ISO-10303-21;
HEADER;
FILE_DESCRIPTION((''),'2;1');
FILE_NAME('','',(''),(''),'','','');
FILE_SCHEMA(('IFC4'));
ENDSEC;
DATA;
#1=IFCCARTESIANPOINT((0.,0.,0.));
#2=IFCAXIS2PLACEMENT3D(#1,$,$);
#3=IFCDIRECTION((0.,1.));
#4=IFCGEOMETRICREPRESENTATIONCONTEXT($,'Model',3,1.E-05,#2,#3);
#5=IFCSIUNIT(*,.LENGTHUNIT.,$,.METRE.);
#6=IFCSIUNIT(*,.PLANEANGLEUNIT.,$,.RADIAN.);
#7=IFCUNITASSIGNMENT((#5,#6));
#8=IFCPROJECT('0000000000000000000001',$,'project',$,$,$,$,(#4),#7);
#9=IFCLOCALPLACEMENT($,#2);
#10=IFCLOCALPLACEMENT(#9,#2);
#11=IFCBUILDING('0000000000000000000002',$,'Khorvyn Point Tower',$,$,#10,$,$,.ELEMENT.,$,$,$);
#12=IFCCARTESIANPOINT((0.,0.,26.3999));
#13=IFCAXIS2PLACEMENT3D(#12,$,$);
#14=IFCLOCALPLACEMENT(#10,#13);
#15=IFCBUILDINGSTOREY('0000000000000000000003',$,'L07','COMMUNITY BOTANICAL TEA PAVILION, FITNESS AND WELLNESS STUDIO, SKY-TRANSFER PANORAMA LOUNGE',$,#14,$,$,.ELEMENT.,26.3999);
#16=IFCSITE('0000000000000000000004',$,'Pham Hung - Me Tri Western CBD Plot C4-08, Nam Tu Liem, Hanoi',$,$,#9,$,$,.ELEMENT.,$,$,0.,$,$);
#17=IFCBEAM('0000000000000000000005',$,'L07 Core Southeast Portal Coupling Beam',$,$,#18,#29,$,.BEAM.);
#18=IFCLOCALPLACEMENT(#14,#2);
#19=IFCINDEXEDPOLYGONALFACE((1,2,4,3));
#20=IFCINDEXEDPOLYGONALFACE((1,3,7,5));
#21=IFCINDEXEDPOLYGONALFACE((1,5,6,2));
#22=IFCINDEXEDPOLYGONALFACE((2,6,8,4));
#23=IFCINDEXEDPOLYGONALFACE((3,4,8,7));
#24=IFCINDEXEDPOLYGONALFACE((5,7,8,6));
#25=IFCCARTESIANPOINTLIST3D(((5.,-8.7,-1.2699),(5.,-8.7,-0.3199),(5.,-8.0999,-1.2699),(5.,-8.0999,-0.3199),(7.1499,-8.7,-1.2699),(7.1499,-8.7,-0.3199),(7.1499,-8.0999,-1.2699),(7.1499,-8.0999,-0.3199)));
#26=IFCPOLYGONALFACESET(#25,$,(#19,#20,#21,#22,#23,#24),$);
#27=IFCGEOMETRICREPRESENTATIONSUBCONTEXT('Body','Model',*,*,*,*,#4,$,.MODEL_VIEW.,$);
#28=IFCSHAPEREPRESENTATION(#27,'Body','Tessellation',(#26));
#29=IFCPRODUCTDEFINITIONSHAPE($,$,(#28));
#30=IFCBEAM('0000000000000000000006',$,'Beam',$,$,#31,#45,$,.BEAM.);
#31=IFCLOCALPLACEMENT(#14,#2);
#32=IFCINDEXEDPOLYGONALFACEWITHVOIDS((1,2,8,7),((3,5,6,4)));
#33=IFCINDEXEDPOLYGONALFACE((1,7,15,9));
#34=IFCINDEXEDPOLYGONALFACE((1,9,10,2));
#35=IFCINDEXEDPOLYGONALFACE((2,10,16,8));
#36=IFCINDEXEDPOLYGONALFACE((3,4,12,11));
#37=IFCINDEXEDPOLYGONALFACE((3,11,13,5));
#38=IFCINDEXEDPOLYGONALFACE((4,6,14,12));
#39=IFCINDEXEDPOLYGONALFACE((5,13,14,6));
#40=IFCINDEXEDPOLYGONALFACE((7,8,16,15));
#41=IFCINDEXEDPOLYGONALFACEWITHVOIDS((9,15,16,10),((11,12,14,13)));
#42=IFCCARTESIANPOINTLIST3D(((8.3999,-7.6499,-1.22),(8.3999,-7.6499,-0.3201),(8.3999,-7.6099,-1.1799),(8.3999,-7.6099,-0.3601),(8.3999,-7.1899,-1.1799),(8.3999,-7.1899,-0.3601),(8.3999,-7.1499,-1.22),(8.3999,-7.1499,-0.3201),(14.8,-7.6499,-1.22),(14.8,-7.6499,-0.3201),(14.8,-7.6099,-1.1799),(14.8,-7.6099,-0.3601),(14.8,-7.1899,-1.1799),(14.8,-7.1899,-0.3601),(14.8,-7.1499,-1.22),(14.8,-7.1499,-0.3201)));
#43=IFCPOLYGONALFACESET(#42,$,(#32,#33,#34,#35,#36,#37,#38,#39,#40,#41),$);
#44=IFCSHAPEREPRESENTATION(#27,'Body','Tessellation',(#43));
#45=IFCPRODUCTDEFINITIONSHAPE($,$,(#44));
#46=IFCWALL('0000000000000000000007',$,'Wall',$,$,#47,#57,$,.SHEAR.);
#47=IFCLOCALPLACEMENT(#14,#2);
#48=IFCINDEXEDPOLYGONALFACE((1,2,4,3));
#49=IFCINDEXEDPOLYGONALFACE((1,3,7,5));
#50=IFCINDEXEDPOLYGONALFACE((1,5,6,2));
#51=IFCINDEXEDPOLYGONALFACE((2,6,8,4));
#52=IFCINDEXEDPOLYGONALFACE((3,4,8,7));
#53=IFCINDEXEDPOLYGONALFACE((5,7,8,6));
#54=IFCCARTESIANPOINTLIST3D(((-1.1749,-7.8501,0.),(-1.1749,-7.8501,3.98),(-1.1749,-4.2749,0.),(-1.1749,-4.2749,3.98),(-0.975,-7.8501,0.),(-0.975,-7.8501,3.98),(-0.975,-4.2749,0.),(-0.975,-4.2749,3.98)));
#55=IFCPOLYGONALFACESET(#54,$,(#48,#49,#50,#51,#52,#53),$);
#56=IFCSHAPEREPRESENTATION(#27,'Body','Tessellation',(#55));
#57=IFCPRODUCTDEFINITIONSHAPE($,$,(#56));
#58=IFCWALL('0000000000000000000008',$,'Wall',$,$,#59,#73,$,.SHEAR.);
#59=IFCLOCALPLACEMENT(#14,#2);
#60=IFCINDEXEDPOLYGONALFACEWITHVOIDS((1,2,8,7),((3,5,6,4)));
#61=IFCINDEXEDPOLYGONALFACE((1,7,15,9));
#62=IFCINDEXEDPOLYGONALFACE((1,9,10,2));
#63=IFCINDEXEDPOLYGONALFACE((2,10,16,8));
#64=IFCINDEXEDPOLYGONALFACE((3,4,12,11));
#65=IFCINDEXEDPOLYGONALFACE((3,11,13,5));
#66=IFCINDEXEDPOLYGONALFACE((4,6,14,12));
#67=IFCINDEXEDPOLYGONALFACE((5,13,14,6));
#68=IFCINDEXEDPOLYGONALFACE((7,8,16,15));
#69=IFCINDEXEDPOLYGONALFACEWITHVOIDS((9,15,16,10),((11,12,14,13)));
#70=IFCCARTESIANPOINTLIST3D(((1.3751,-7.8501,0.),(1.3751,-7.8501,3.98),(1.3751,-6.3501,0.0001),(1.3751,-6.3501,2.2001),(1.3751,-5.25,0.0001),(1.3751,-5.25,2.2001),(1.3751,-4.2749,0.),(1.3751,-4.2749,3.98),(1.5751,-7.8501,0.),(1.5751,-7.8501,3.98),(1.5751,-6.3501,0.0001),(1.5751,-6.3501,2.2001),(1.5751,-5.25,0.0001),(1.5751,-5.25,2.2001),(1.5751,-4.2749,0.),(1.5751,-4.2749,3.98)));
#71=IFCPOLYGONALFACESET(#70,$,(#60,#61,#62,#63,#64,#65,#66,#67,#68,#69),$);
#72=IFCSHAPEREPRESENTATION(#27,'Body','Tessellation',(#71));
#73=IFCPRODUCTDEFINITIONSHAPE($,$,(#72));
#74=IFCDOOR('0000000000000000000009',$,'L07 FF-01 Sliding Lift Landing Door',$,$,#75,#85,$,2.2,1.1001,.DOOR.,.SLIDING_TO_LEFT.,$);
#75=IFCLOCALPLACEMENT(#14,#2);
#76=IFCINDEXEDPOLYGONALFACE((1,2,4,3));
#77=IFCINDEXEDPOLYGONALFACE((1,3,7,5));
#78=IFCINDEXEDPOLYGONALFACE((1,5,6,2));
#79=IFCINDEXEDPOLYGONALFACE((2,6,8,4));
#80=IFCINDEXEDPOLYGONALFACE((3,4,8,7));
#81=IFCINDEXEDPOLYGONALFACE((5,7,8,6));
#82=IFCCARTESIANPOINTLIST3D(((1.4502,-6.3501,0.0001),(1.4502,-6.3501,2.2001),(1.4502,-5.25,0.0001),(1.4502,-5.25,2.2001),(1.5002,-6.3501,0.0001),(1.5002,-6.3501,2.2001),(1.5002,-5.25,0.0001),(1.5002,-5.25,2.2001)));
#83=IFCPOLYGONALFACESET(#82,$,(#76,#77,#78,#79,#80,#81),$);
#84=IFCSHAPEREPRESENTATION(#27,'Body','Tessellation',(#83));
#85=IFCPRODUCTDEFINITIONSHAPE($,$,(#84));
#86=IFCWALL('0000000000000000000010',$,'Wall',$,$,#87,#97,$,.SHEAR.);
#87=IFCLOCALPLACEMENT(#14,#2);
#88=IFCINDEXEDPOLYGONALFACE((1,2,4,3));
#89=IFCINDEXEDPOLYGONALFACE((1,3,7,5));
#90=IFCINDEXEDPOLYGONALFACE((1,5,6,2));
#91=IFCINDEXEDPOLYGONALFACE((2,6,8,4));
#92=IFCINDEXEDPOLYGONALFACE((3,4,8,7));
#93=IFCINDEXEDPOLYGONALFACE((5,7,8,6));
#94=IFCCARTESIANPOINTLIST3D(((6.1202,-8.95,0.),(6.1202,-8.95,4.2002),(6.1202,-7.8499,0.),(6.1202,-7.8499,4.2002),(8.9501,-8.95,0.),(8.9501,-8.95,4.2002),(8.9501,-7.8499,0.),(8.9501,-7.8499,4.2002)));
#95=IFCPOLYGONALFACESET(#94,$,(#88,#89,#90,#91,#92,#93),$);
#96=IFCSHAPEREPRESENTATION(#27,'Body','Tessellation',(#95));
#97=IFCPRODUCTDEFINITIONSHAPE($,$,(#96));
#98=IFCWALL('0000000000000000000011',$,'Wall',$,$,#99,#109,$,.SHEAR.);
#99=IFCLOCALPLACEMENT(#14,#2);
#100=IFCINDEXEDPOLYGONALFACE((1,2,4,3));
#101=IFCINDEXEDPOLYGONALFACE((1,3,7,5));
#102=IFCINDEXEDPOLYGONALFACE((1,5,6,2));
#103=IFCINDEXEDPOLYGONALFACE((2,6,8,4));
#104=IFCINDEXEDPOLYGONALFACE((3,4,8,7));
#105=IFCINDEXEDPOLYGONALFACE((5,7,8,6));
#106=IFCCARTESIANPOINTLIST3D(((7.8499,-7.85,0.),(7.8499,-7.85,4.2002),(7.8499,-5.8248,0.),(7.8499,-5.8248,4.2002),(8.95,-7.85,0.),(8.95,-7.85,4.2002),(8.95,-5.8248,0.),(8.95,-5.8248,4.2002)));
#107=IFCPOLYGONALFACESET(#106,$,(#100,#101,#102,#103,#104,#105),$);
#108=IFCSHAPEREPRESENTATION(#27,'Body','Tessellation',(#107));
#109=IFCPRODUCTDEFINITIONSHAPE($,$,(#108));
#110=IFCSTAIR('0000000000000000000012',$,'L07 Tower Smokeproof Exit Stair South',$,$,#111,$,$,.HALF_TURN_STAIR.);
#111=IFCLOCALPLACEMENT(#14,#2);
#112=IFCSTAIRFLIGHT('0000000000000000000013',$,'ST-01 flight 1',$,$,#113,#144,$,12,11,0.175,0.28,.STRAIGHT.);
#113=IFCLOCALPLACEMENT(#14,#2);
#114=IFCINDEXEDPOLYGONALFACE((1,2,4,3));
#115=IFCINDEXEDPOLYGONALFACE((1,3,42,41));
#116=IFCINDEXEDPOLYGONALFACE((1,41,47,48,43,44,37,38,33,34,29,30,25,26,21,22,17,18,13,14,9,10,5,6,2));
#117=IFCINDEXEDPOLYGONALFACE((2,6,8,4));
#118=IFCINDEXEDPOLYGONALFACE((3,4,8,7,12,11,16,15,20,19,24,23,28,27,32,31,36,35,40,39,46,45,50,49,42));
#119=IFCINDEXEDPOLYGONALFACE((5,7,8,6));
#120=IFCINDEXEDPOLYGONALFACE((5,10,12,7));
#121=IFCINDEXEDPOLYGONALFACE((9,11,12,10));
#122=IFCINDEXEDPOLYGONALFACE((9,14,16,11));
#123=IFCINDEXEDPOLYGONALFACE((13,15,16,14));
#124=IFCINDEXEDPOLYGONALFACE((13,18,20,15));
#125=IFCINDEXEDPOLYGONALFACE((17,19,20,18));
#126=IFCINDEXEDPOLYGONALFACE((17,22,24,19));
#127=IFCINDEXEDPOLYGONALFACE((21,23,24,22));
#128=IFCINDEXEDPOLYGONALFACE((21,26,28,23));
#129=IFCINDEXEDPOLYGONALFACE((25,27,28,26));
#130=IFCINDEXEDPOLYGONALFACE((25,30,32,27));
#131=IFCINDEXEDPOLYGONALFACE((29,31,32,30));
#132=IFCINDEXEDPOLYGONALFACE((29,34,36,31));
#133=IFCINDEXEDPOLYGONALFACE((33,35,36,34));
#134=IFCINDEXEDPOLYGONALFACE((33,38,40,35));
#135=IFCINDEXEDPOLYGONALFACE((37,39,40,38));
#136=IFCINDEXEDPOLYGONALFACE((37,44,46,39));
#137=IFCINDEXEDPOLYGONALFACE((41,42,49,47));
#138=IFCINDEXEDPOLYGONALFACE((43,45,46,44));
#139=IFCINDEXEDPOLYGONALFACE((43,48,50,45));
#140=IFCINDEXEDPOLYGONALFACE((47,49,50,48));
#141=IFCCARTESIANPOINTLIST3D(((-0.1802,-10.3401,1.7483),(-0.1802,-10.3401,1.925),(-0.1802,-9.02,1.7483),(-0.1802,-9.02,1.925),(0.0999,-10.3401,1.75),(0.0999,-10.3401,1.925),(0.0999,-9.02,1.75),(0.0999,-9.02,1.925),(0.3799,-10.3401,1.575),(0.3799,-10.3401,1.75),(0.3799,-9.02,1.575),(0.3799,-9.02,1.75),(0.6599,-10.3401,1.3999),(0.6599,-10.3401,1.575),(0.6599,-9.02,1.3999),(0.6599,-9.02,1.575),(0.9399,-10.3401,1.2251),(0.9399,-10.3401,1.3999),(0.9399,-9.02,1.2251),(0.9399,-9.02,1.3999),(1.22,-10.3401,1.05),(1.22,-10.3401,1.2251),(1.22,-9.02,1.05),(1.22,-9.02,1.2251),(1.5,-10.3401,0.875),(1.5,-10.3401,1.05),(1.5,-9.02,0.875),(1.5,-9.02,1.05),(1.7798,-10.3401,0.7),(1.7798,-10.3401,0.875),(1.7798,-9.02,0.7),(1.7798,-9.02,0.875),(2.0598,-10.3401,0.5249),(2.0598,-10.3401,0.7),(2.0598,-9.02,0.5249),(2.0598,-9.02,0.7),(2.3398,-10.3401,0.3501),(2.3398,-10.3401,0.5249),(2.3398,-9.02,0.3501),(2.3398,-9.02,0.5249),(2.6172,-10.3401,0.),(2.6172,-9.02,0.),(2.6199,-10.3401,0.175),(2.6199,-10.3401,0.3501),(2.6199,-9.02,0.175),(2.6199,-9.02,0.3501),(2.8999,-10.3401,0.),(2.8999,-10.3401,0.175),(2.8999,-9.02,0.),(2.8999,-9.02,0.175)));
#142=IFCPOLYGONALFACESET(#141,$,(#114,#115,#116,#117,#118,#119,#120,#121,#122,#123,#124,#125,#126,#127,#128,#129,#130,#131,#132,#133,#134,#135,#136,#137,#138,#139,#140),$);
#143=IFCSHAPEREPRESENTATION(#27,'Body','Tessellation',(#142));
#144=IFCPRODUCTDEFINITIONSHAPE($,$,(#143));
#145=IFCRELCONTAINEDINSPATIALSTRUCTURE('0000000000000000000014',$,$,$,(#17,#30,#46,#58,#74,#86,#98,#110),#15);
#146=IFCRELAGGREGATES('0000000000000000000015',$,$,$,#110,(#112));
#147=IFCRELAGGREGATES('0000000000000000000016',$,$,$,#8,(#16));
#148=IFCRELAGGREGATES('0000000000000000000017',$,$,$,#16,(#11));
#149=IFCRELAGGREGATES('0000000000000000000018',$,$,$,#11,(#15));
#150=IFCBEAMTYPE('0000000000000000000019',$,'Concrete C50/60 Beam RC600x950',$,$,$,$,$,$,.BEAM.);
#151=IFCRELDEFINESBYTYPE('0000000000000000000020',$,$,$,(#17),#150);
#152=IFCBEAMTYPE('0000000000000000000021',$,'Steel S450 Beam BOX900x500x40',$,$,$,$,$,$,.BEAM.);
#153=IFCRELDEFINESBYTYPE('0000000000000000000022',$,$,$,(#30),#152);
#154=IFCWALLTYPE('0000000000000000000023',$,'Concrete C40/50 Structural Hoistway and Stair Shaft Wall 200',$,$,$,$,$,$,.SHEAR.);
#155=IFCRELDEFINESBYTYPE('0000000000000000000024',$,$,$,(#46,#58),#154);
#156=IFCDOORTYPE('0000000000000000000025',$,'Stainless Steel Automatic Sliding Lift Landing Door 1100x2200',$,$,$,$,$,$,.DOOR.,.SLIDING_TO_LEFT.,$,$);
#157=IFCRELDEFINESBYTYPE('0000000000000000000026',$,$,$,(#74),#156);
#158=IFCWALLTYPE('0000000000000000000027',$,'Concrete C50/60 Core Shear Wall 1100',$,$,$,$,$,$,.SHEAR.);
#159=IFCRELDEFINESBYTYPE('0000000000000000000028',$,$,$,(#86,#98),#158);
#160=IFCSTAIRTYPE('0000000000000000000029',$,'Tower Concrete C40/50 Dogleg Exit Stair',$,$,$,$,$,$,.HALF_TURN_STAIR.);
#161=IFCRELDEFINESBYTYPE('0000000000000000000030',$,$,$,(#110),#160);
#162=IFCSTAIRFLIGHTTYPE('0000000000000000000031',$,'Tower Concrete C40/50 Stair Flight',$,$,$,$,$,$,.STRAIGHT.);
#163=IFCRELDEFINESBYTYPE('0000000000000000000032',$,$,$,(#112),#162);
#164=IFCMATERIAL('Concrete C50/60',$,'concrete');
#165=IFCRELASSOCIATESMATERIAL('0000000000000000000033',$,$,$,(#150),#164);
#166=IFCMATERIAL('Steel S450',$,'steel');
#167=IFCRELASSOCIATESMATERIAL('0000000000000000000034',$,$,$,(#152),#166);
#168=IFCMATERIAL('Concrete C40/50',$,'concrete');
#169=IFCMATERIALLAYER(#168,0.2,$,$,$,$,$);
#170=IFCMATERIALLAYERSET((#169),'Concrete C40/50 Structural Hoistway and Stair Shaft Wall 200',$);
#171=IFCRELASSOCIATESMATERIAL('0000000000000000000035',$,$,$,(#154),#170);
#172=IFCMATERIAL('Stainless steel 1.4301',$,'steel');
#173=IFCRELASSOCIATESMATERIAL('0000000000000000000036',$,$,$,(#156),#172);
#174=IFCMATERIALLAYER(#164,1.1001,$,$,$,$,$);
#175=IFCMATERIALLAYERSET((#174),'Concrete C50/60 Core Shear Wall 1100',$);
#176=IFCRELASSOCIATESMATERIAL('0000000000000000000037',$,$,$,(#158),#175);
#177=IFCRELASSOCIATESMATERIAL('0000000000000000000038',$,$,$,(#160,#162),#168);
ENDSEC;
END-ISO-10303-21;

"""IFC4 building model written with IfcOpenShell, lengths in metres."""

from ifc_helpers import new_model, si_unit, direction, frame, frame_2d, origin, origin_2d, place, context, subcontext, project, spatial, polyline, rectangle, hollow_rectangle, outline, extrude, material, layer, layer_set, material_profile, profile_set, type_object, element, fill, aggregate, save


model = new_model("IFC4")

# Units and contexts
model_context = context("Model", 3, precision=1e-05, world=origin(), true_north=direction((0.0, 1.0)))
body_context = subcontext(model_context, "Body", "Model", "MODEL_VIEW")
ifc_project = project(units=[si_unit("LENGTHUNIT", "METRE"), si_unit("PLANEANGLEUNIT", "RADIAN")], contexts=[model_context])

# Site, building, storey
site_placement = place(None, origin())
site = spatial("IfcSite", under=ifc_project, at=site_placement, Name="Pham Hung - Me Tri Western CBD Plot C4-08, Nam Tu Liem, Hanoi", CompositionType="ELEMENT", RefElevation=0.0)
building_placement = place(site_placement, origin())
building = spatial("IfcBuilding", under=site, at=building_placement, Name="Khorvyn Point Tower", CompositionType="ELEMENT")
storey_placement = place(building_placement, frame((0.0, 0.0, 26.3999)))
storey = spatial("IfcBuildingStorey", under=building, at=storey_placement, Name="L07", Description="COMMUNITY BOTANICAL TEA PAVILION, FITNESS AND WELLNESS STUDIO, SKY-TRANSFER PANORAMA LOUNGE", CompositionType="ELEMENT", Elevation=26.3999)

# Beams
ifc_material_1 = material(Name="Concrete C50/60", Category="concrete")
ifc_material_profile_1 = material_profile(ifc_material_1, rectangle(XDim=0.6001, YDim=0.95, at=origin_2d()))
ifc_profile_set_1 = profile_set([ifc_material_profile_1], Name="Concrete C50/60 RC600x950")
beam_type_1 = type_object("IfcBeamType", Name="Concrete C50/60 Beam RC600x950", PredefinedType="BEAM", material=ifc_profile_set_1)
beam_1_placement = place(storey_placement, frame((5.0, -8.3999, -0.7949), z_axis=(1.0, 0.0, 0.0), x_axis=(0.0, 1.0, 0.0)))
element("IfcBeam", 1, at=beam_1_placement, inside=storey, type_object=beam_type_1, Name="L07 Core Southeast Portal Coupling Beam", PredefinedType="BEAM", context=body_context, shape_type="SweptSolid", body=[
    extrude(rectangle(XDim=0.6001, YDim=0.95, at=origin_2d()), origin(), (0.0, 0.0, 1.0), 2.1499),
])
ifc_material_2 = material(Name="Steel S450", Category="steel")
ifc_material_profile_2 = material_profile(ifc_material_2, hollow_rectangle(XDim=0.5, YDim=0.8999, WallThickness=0.04, at=origin_2d()))
ifc_profile_set_2 = profile_set([ifc_material_profile_2], Name="Steel S450 BOX900x500x40")
beam_type_2 = type_object("IfcBeamType", Name="Steel S450 Beam BOX900x500x40", PredefinedType="BEAM", material=ifc_profile_set_2)
beam_2_placement = place(storey_placement, frame((8.3999, -7.3999, -0.77), z_axis=(1.0, 0.0, 0.0), x_axis=(0.0, 1.0, 0.0)))
element("IfcBeam", 2, at=beam_2_placement, inside=storey, type_object=beam_type_2, Name="Beam", PredefinedType="BEAM", context=body_context, shape_type="SweptSolid", body=[
    extrude(hollow_rectangle(XDim=0.5, YDim=0.8999, WallThickness=0.04, at=origin_2d()), origin(), (0.0, 0.0, 1.0), 6.4001),
])

# Shared definitions
ifc_material_3 = material(Name="Concrete C40/50", Category="concrete")

# Wall
ifc_layer_1 = layer(ifc_material_3, 0.2)
ifc_layer_set_1 = layer_set([ifc_layer_1], Name="Concrete C40/50 Structural Hoistway and Stair Shaft Wall 200")
wall_type_1 = type_object("IfcWallType", Name="Concrete C40/50 Structural Hoistway and Stair Shaft Wall 200", PredefinedType="SHEAR", material=ifc_layer_set_1)
wall_1_placement = place(storey_placement, frame((-1.075, -7.8501, 0.0), z_axis=(0.0, 0.0, 1.0), x_axis=(0.0, 1.0, 0.0)))
element("IfcWall", 3, at=wall_1_placement, inside=storey, type_object=wall_type_1, Name="Wall", PredefinedType="SHEAR", context=body_context, shape_type="SweptSolid", body=[
    extrude(rectangle(XDim=3.5752, YDim=0.2, at=frame_2d((1.7876, 0.0))), origin(), (0.0, 0.0, 1.0), 3.98),
])

# Wall, opening, door
wall_2_placement = place(storey_placement, frame((1.4751, -7.8501, 0.0), z_axis=(0.0, 0.0, 1.0), x_axis=(0.0, 1.0, 0.0)))
wall_2 = element("IfcWall", 4, at=wall_2_placement, inside=storey, type_object=wall_type_1, Name="Wall", PredefinedType="SHEAR", context=body_context, shape_type="SweptSolid", body=[
    extrude(rectangle(XDim=3.5752, YDim=0.2, at=frame_2d((1.7876, 0.0))), origin(), (0.0, 0.0, 1.0), 3.98),
])
opening_1_placement = place(wall_2_placement, frame((1.5, 0.0, 0.0)))
opening_1 = element("IfcOpeningElement", 5, at=opening_1_placement, cuts=wall_2, PredefinedType="OPENING", context=body_context, shape_type="SweptSolid", body=[
    extrude(rectangle(XDim=1.1001, YDim=2.2, at=frame_2d((0.55, 1.1001))), frame((0.0, 0.1099, 0.0), z_axis=(0.0, -1.0, 0.0), x_axis=(1.0, 0.0, 0.0)), (0.0, 0.0, 1.0), 0.22),
])
ifc_material_4 = material(Name="Stainless steel 1.4301", Category="steel")
door_type_1 = type_object("IfcDoorType", Name="Stainless Steel Automatic Sliding Lift Landing Door 1100x2200", OperationType="SLIDING_TO_LEFT", PredefinedType="DOOR", material=ifc_material_4)
door_1_placement = place(opening_1_placement, origin())
door_1 = element("IfcDoor", 6, at=door_1_placement, inside=storey, type_object=door_type_1, Name="L07 FF-01 Sliding Lift Landing Door", OperationType="SLIDING_TO_LEFT", OverallHeight=2.2, OverallWidth=1.1001, PredefinedType="DOOR", context=body_context, shape_type="SweptSolid", body=[
    extrude(rectangle(XDim=1.1001, YDim=2.2, at=frame_2d((0.55, 1.1001))), frame((0.0, 0.0249, 0.0), z_axis=(0.0, -1.0, 0.0), x_axis=(1.0, 0.0, 0.0)), (0.0, 0.0, 1.0), 0.05),
])
fill(opening_1, door_1)

# Walls
ifc_layer_2 = layer(ifc_material_1, 1.1001)
ifc_layer_set_2 = layer_set([ifc_layer_2], Name="Concrete C50/60 Core Shear Wall 1100")
wall_type_2 = type_object("IfcWallType", Name="Concrete C50/60 Core Shear Wall 1100", PredefinedType="SHEAR", material=ifc_layer_set_2)
wall_3_placement = place(storey_placement, frame((6.1201, -8.3999, 0.0), z_axis=(0.0, 0.0, 1.0), x_axis=(1.0, 0.0, 0.0)))
element("IfcWall", 7, at=wall_3_placement, inside=storey, type_object=wall_type_2, Name="Wall", PredefinedType="SHEAR", context=body_context, shape_type="SweptSolid", body=[
    extrude(rectangle(XDim=2.8298, YDim=1.1001, at=frame_2d((1.415, 0.0))), origin(), (0.0, 0.0, 1.0), 4.2002),
])
wall_4_placement = place(storey_placement, frame((8.3999, -7.8501, 0.0), z_axis=(0.0, 0.0, 1.0), x_axis=(0.0, 1.0, 0.0)))
element("IfcWall", 8, at=wall_4_placement, inside=storey, type_object=wall_type_2, Name="Wall", PredefinedType="SHEAR", context=body_context, shape_type="SweptSolid", body=[
    extrude(rectangle(XDim=2.0251, YDim=1.1001, at=frame_2d((1.0127, 0.0))), origin(), (0.0, 0.0, 1.0), 4.2002),
])

# Stair, stair flight
stair_type = type_object("IfcStairType", Name="Tower Concrete C40/50 Dogleg Exit Stair", PredefinedType="HALF_TURN_STAIR", material=ifc_material_3)
stair_placement = place(storey_placement, origin())
stair = element("IfcStair", 9, at=stair_placement, inside=storey, type_object=stair_type, Name="L07 Tower Smokeproof Exit Stair South", PredefinedType="HALF_TURN_STAIR")
stair_flight_type = type_object("IfcStairFlightType", Name="Tower Concrete C40/50 Stair Flight", PredefinedType="STRAIGHT", material=ifc_material_3)
stair_flight_placement = place(storey_placement, frame((2.8999, -9.6799, 0.0), z_axis=(0.0, 0.0, 1.0), x_axis=(-1.0, 0.0, 0.0)))
stair_flight = element("IfcStairFlight", 10, at=stair_flight_placement, type_object=stair_flight_type, Name="ST-01 flight 1", NumberOfRisers=12, NumberOfTreads=11, PredefinedType="STRAIGHT", RiserHeight=0.175, TreadLength=0.28, context=body_context, shape_type="SweptSolid", body=[
    extrude(outline(polyline([(0.0, 0.0), (0.0, 0.175), (0.28, 0.175), (0.28, 0.3501), (0.5601, 0.3501), (0.5601, 0.5249), (0.8401, 0.5249), (0.8401, 0.7), (1.1201, 0.7), (1.1201, 0.875), (1.3999, 0.875), (1.3999, 1.05), (1.6799, 1.05), (1.6799, 1.2251), (1.96, 1.2251), (1.96, 1.3999), (2.24, 1.3999), (2.24, 1.575), (2.52, 1.575), (2.52, 1.75), (2.8, 1.75), (2.8, 1.925), (3.0801, 1.925), (3.0801, 2.1001), (3.0801, 1.7483), (0.2827, 0.0), (0.0, 0.0)])), frame((0.0, 0.6602, 0.0), z_axis=(0.0, -1.0, 0.0), x_axis=(1.0, 0.0, 0.0)), (0.0, 0.0, 1.0), 1.3201),
])
aggregate(stair, [stair_flight])

save(model, "model.ifc")
